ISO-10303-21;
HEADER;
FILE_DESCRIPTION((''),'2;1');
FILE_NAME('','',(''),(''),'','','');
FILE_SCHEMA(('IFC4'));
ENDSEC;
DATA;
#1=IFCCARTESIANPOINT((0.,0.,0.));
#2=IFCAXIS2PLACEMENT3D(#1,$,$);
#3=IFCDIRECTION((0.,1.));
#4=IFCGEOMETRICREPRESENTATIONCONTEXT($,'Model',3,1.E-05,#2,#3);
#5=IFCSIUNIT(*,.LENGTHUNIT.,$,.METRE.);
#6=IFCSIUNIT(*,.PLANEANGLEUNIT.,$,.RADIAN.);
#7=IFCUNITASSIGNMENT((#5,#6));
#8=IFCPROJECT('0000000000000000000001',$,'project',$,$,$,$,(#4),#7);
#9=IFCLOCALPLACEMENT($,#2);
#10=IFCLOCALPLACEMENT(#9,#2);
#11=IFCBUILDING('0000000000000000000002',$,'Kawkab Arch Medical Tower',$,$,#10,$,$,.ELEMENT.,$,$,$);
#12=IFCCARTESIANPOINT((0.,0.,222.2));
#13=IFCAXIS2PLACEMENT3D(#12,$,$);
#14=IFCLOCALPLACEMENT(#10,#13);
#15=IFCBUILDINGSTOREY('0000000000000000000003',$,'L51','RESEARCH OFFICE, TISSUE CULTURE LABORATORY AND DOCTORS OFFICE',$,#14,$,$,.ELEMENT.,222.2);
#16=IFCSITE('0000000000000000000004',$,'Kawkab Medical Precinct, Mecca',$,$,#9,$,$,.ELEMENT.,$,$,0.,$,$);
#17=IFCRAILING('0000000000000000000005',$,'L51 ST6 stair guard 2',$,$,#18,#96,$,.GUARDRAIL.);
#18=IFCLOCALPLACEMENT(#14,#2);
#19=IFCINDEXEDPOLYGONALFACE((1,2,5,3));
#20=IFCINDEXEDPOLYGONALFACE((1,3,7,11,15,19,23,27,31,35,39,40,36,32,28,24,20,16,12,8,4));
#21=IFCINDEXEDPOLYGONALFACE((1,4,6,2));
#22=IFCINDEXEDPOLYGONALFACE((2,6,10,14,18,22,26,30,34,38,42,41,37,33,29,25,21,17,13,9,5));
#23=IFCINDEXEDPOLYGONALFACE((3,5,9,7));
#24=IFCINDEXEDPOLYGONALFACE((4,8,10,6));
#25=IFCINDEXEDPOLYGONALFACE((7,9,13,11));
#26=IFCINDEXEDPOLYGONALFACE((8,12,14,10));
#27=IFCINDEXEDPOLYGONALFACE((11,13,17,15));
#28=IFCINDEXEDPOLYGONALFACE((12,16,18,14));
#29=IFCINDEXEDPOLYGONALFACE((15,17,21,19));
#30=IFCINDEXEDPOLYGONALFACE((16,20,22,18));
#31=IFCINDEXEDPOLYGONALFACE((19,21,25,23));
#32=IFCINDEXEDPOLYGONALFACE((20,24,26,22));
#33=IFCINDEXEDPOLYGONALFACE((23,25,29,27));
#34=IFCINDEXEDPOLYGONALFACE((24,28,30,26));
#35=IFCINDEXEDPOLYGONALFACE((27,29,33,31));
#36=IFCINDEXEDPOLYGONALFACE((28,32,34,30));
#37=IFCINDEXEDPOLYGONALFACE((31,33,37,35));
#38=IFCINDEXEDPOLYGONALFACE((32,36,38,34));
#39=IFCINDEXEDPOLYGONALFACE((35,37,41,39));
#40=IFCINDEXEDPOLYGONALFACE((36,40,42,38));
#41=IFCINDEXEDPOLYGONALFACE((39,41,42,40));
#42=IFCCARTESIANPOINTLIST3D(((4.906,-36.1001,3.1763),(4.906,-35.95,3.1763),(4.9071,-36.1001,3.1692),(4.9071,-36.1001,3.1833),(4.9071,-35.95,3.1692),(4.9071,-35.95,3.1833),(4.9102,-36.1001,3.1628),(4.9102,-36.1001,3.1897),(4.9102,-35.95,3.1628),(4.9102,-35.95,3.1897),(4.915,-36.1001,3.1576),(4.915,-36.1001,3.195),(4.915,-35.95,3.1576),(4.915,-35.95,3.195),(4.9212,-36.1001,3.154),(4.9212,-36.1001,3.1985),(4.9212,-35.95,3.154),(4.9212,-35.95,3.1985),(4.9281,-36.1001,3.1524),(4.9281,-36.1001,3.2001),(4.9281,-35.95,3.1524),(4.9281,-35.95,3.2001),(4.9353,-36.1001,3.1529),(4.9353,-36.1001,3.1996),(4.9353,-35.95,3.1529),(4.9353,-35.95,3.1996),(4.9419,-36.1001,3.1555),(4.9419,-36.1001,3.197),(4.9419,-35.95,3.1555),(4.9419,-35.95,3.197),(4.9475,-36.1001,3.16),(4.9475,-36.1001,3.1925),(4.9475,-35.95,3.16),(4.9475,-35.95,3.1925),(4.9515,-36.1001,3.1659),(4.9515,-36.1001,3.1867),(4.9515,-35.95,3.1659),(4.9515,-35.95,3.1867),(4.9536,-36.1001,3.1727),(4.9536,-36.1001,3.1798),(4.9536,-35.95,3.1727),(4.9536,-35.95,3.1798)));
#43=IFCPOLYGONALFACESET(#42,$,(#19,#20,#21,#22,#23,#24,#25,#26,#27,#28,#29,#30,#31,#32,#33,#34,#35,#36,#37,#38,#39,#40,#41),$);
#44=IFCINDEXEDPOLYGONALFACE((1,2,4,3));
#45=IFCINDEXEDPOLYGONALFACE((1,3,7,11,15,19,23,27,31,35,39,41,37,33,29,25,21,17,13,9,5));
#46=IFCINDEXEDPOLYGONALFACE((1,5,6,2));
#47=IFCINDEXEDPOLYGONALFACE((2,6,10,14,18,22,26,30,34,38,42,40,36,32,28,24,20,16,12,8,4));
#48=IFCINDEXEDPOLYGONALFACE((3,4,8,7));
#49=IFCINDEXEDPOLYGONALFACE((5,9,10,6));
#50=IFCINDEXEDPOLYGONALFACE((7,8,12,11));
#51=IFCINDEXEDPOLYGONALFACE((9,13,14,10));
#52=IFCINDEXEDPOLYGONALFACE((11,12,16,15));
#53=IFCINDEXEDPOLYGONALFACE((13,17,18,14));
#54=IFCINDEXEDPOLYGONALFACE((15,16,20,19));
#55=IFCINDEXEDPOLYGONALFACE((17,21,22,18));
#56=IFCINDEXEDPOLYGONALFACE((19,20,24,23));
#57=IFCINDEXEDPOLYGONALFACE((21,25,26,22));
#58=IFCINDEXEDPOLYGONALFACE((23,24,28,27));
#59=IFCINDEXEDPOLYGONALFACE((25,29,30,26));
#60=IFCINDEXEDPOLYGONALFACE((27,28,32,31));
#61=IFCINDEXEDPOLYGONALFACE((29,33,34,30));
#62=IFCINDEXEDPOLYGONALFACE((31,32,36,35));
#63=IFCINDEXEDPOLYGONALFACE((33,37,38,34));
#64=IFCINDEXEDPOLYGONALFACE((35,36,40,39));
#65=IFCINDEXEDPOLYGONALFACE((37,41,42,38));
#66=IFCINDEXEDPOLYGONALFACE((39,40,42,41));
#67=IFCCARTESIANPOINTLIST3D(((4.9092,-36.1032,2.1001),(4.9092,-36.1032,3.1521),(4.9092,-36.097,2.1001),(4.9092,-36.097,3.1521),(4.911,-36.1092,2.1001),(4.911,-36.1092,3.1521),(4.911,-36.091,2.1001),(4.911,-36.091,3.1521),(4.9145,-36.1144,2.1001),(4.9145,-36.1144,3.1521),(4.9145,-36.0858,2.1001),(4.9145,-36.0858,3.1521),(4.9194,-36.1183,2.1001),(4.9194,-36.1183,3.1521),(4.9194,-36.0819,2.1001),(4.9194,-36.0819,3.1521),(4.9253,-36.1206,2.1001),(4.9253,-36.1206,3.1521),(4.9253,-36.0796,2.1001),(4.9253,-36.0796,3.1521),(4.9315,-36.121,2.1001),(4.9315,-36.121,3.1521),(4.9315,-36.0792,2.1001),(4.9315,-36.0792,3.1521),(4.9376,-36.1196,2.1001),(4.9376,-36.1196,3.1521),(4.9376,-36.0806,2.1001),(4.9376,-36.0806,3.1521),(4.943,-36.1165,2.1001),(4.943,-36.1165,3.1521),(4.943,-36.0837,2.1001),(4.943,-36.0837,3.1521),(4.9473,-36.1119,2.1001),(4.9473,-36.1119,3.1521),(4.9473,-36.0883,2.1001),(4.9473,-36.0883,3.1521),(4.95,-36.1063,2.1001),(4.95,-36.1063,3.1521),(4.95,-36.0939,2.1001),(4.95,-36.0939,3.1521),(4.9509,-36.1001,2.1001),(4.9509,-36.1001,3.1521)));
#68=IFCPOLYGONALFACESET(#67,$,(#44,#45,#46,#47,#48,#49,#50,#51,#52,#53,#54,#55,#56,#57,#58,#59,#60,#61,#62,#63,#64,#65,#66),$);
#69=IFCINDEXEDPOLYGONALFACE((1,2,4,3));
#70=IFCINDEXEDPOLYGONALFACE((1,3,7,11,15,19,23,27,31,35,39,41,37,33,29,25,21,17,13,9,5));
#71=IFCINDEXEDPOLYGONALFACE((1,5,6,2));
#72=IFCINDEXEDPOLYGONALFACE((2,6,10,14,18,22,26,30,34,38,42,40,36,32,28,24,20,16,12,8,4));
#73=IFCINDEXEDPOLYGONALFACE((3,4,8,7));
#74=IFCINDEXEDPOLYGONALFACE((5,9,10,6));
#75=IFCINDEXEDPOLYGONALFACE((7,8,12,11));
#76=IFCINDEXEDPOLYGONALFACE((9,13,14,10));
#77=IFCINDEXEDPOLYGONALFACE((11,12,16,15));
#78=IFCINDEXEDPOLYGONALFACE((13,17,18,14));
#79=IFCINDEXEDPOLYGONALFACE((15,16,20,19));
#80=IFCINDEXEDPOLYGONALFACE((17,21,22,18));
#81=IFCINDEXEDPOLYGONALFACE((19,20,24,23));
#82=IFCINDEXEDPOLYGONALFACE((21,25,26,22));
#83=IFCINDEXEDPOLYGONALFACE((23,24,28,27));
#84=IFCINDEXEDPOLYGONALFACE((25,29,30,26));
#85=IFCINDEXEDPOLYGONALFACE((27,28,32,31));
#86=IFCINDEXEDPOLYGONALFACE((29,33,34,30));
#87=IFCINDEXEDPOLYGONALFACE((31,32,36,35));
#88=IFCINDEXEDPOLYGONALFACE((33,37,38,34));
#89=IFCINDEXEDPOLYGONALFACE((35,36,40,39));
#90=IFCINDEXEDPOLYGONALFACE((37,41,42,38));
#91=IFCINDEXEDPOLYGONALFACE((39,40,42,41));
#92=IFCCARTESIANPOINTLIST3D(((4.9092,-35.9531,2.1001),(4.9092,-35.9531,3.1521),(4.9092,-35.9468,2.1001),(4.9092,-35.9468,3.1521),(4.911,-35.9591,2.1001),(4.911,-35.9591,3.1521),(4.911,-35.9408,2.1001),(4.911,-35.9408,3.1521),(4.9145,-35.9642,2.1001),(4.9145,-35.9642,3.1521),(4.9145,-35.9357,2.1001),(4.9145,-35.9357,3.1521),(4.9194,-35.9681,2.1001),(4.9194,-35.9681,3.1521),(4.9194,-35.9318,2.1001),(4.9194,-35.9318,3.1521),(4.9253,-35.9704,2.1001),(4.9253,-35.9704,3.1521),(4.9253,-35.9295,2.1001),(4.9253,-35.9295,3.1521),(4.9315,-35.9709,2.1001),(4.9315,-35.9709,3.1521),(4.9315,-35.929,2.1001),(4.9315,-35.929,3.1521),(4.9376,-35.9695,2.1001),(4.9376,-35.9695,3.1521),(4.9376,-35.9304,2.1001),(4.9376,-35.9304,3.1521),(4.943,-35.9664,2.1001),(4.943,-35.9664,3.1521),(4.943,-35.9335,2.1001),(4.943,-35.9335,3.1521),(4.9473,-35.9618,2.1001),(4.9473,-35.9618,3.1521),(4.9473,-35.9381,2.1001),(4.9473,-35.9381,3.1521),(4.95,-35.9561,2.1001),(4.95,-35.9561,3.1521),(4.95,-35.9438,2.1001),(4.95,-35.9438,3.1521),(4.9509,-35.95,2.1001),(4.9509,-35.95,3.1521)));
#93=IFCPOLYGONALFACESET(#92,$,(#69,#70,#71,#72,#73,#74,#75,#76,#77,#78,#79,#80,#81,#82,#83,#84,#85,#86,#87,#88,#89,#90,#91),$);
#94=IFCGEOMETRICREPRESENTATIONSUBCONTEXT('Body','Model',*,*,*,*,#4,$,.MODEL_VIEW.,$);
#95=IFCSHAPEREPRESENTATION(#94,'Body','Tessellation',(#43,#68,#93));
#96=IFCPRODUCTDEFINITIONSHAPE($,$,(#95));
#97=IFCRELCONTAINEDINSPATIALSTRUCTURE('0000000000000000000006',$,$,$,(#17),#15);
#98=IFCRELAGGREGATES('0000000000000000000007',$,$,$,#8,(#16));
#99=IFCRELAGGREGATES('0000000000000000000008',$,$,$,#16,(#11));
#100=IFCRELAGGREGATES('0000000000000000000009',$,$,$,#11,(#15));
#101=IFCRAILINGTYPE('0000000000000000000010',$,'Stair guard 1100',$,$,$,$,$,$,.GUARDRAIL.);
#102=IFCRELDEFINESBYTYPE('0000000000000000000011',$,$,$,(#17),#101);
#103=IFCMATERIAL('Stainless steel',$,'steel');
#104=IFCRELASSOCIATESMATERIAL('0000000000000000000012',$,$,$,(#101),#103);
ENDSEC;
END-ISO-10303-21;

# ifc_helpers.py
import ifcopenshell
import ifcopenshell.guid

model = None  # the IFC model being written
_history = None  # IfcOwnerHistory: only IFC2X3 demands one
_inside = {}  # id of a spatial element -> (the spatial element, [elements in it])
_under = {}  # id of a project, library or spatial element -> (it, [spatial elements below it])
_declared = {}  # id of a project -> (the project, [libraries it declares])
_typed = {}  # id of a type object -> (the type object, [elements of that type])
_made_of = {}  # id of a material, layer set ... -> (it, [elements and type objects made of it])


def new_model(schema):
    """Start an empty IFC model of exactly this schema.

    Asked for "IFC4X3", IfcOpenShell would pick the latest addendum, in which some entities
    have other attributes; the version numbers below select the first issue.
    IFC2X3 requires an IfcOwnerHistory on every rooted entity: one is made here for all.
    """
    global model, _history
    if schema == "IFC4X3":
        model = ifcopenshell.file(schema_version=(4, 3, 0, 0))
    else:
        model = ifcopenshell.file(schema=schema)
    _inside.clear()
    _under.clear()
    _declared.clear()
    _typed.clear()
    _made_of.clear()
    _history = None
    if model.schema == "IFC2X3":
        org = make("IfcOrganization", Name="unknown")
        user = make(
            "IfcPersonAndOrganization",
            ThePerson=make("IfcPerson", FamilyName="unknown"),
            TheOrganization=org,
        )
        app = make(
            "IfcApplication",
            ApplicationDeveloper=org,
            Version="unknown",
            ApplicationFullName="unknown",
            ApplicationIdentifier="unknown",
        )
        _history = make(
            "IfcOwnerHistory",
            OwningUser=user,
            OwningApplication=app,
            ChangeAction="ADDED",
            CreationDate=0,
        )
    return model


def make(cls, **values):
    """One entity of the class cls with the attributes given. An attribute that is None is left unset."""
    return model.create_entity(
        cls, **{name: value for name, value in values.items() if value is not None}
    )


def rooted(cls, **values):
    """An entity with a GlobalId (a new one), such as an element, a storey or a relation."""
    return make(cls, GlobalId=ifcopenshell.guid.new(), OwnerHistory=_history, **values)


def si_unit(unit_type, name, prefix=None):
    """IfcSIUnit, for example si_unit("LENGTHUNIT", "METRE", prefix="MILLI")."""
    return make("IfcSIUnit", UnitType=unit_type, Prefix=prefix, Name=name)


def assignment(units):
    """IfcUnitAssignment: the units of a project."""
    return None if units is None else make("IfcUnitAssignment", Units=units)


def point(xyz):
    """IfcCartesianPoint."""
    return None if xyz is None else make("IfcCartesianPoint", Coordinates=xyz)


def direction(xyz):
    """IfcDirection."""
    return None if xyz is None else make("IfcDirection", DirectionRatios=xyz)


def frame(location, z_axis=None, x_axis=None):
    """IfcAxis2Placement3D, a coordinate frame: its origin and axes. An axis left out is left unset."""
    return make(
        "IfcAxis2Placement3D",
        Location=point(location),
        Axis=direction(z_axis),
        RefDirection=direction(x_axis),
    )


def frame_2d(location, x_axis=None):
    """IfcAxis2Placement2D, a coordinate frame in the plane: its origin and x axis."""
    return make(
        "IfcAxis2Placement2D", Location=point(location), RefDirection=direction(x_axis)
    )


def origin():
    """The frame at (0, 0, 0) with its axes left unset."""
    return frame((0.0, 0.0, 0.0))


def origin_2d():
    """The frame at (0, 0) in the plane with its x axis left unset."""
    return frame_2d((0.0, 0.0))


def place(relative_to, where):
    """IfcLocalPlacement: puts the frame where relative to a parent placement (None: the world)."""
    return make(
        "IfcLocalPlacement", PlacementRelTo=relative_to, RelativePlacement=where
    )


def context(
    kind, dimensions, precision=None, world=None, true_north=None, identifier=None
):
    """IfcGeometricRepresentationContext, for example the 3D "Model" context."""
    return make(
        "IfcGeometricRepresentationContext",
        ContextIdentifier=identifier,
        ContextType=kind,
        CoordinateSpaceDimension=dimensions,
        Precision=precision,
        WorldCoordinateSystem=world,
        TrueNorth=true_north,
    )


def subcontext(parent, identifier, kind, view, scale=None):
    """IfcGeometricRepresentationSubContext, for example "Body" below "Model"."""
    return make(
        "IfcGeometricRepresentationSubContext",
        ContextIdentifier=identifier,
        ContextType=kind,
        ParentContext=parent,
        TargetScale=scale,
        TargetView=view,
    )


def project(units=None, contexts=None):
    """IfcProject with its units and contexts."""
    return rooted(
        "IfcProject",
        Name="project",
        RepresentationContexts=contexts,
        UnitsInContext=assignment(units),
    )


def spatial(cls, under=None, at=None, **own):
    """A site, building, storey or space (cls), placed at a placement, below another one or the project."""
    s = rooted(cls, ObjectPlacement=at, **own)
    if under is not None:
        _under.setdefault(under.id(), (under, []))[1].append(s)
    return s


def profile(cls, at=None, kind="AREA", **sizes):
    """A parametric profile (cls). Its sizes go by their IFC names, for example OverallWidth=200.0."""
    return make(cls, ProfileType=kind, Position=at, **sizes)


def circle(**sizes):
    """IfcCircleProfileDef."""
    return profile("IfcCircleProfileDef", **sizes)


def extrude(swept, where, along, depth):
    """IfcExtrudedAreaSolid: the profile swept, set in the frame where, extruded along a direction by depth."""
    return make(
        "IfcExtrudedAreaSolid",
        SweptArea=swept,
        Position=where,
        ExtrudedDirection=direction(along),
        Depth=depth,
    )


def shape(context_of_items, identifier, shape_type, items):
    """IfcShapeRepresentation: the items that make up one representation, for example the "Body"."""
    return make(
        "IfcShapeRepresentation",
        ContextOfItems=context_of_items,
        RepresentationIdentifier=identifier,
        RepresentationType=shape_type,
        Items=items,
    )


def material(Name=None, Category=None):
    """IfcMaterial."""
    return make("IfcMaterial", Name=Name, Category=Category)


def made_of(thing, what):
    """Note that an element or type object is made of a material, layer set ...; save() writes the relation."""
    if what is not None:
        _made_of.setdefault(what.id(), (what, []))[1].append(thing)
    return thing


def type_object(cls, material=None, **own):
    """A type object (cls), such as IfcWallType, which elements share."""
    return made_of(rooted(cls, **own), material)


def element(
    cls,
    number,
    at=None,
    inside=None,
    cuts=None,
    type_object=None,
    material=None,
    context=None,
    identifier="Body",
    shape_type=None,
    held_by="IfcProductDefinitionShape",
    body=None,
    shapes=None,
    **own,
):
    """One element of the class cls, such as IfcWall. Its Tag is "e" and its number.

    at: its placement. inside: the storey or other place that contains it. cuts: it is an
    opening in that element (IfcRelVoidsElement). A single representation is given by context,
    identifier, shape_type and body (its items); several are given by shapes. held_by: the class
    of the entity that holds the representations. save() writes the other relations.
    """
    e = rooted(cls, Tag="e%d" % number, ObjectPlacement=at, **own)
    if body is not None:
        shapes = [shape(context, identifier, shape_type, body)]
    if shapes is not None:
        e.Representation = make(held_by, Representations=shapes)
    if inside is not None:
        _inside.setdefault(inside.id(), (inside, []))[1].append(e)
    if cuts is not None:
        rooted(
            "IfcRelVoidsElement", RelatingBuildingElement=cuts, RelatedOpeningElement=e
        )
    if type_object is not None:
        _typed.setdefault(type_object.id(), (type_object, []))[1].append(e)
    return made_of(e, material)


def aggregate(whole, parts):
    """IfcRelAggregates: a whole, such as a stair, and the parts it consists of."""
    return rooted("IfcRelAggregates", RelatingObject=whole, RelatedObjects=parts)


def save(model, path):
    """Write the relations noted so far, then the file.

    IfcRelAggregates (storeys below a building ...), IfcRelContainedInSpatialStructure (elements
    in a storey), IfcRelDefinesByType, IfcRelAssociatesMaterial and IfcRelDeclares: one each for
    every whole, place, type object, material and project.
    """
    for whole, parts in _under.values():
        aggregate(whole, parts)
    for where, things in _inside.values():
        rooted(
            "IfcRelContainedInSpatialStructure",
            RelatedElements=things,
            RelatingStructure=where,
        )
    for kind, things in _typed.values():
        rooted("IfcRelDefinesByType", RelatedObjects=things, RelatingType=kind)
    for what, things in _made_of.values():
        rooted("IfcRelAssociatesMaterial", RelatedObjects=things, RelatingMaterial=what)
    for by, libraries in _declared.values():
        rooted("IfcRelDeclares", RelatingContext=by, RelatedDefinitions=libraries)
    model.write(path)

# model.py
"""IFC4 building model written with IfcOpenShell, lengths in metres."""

from ifc_helpers import new_model, si_unit, direction, frame, origin, origin_2d, place, context, subcontext, project, spatial, circle, extrude, material, type_object, element, save


model = new_model("IFC4")

# Units and contexts
model_context = context("Model", 3, precision=1e-05, world=origin(), true_north=direction((0.0, 1.0)))
body_context = subcontext(model_context, "Body", "Model", "MODEL_VIEW")
ifc_project = project(units=[si_unit("LENGTHUNIT", "METRE"), si_unit("PLANEANGLEUNIT", "RADIAN")], contexts=[model_context])

# Site, building, storey
site_placement = place(None, origin())
site = spatial("IfcSite", under=ifc_project, at=site_placement, Name="Kawkab Medical Precinct, Mecca", CompositionType="ELEMENT", RefElevation=0.0)
building_placement = place(site_placement, origin())
building = spatial("IfcBuilding", under=site, at=building_placement, Name="Kawkab Arch Medical Tower", CompositionType="ELEMENT")
storey_placement = place(building_placement, frame((0.0, 0.0, 222.2)))
storey = spatial("IfcBuildingStorey", under=building, at=storey_placement, Name="L51", Description="RESEARCH OFFICE, TISSUE CULTURE LABORATORY AND DOCTORS OFFICE", CompositionType="ELEMENT", Elevation=222.2)

# Railing
ifc_material_1 = material(Name="Stainless steel", Category="steel")
railing_type = type_object("IfcRailingType", Name="Stair guard 1100", PredefinedType="GUARDRAIL", material=ifc_material_1)
railing_1_placement = place(storey_placement, frame((4.9299, -36.1001, 2.1001)))
element("IfcRailing", 1, at=railing_1_placement, inside=storey, type_object=railing_type, Name="L51 ST6 stair guard 2", PredefinedType="GUARDRAIL", context=body_context, shape_type="SweptSolid", body=[
    extrude(circle(Radius=0.0239, at=origin_2d()), frame((0.0, 0.0, 1.0762), z_axis=(0.0, 1.0, 0.0), x_axis=(-1.0, 0.0, 0.0)), (0.0, 0.0, 1.0), 0.1501),
    extrude(circle(Radius=0.021, at=origin_2d()), origin(), (0.0, 0.0, 1.0), 1.052),
    extrude(circle(Radius=0.021, at=origin_2d()), frame((0.0, 0.1501, 0.0)), (0.0, 0.0, 1.0), 1.052),
])

save(model, "model.ifc")
